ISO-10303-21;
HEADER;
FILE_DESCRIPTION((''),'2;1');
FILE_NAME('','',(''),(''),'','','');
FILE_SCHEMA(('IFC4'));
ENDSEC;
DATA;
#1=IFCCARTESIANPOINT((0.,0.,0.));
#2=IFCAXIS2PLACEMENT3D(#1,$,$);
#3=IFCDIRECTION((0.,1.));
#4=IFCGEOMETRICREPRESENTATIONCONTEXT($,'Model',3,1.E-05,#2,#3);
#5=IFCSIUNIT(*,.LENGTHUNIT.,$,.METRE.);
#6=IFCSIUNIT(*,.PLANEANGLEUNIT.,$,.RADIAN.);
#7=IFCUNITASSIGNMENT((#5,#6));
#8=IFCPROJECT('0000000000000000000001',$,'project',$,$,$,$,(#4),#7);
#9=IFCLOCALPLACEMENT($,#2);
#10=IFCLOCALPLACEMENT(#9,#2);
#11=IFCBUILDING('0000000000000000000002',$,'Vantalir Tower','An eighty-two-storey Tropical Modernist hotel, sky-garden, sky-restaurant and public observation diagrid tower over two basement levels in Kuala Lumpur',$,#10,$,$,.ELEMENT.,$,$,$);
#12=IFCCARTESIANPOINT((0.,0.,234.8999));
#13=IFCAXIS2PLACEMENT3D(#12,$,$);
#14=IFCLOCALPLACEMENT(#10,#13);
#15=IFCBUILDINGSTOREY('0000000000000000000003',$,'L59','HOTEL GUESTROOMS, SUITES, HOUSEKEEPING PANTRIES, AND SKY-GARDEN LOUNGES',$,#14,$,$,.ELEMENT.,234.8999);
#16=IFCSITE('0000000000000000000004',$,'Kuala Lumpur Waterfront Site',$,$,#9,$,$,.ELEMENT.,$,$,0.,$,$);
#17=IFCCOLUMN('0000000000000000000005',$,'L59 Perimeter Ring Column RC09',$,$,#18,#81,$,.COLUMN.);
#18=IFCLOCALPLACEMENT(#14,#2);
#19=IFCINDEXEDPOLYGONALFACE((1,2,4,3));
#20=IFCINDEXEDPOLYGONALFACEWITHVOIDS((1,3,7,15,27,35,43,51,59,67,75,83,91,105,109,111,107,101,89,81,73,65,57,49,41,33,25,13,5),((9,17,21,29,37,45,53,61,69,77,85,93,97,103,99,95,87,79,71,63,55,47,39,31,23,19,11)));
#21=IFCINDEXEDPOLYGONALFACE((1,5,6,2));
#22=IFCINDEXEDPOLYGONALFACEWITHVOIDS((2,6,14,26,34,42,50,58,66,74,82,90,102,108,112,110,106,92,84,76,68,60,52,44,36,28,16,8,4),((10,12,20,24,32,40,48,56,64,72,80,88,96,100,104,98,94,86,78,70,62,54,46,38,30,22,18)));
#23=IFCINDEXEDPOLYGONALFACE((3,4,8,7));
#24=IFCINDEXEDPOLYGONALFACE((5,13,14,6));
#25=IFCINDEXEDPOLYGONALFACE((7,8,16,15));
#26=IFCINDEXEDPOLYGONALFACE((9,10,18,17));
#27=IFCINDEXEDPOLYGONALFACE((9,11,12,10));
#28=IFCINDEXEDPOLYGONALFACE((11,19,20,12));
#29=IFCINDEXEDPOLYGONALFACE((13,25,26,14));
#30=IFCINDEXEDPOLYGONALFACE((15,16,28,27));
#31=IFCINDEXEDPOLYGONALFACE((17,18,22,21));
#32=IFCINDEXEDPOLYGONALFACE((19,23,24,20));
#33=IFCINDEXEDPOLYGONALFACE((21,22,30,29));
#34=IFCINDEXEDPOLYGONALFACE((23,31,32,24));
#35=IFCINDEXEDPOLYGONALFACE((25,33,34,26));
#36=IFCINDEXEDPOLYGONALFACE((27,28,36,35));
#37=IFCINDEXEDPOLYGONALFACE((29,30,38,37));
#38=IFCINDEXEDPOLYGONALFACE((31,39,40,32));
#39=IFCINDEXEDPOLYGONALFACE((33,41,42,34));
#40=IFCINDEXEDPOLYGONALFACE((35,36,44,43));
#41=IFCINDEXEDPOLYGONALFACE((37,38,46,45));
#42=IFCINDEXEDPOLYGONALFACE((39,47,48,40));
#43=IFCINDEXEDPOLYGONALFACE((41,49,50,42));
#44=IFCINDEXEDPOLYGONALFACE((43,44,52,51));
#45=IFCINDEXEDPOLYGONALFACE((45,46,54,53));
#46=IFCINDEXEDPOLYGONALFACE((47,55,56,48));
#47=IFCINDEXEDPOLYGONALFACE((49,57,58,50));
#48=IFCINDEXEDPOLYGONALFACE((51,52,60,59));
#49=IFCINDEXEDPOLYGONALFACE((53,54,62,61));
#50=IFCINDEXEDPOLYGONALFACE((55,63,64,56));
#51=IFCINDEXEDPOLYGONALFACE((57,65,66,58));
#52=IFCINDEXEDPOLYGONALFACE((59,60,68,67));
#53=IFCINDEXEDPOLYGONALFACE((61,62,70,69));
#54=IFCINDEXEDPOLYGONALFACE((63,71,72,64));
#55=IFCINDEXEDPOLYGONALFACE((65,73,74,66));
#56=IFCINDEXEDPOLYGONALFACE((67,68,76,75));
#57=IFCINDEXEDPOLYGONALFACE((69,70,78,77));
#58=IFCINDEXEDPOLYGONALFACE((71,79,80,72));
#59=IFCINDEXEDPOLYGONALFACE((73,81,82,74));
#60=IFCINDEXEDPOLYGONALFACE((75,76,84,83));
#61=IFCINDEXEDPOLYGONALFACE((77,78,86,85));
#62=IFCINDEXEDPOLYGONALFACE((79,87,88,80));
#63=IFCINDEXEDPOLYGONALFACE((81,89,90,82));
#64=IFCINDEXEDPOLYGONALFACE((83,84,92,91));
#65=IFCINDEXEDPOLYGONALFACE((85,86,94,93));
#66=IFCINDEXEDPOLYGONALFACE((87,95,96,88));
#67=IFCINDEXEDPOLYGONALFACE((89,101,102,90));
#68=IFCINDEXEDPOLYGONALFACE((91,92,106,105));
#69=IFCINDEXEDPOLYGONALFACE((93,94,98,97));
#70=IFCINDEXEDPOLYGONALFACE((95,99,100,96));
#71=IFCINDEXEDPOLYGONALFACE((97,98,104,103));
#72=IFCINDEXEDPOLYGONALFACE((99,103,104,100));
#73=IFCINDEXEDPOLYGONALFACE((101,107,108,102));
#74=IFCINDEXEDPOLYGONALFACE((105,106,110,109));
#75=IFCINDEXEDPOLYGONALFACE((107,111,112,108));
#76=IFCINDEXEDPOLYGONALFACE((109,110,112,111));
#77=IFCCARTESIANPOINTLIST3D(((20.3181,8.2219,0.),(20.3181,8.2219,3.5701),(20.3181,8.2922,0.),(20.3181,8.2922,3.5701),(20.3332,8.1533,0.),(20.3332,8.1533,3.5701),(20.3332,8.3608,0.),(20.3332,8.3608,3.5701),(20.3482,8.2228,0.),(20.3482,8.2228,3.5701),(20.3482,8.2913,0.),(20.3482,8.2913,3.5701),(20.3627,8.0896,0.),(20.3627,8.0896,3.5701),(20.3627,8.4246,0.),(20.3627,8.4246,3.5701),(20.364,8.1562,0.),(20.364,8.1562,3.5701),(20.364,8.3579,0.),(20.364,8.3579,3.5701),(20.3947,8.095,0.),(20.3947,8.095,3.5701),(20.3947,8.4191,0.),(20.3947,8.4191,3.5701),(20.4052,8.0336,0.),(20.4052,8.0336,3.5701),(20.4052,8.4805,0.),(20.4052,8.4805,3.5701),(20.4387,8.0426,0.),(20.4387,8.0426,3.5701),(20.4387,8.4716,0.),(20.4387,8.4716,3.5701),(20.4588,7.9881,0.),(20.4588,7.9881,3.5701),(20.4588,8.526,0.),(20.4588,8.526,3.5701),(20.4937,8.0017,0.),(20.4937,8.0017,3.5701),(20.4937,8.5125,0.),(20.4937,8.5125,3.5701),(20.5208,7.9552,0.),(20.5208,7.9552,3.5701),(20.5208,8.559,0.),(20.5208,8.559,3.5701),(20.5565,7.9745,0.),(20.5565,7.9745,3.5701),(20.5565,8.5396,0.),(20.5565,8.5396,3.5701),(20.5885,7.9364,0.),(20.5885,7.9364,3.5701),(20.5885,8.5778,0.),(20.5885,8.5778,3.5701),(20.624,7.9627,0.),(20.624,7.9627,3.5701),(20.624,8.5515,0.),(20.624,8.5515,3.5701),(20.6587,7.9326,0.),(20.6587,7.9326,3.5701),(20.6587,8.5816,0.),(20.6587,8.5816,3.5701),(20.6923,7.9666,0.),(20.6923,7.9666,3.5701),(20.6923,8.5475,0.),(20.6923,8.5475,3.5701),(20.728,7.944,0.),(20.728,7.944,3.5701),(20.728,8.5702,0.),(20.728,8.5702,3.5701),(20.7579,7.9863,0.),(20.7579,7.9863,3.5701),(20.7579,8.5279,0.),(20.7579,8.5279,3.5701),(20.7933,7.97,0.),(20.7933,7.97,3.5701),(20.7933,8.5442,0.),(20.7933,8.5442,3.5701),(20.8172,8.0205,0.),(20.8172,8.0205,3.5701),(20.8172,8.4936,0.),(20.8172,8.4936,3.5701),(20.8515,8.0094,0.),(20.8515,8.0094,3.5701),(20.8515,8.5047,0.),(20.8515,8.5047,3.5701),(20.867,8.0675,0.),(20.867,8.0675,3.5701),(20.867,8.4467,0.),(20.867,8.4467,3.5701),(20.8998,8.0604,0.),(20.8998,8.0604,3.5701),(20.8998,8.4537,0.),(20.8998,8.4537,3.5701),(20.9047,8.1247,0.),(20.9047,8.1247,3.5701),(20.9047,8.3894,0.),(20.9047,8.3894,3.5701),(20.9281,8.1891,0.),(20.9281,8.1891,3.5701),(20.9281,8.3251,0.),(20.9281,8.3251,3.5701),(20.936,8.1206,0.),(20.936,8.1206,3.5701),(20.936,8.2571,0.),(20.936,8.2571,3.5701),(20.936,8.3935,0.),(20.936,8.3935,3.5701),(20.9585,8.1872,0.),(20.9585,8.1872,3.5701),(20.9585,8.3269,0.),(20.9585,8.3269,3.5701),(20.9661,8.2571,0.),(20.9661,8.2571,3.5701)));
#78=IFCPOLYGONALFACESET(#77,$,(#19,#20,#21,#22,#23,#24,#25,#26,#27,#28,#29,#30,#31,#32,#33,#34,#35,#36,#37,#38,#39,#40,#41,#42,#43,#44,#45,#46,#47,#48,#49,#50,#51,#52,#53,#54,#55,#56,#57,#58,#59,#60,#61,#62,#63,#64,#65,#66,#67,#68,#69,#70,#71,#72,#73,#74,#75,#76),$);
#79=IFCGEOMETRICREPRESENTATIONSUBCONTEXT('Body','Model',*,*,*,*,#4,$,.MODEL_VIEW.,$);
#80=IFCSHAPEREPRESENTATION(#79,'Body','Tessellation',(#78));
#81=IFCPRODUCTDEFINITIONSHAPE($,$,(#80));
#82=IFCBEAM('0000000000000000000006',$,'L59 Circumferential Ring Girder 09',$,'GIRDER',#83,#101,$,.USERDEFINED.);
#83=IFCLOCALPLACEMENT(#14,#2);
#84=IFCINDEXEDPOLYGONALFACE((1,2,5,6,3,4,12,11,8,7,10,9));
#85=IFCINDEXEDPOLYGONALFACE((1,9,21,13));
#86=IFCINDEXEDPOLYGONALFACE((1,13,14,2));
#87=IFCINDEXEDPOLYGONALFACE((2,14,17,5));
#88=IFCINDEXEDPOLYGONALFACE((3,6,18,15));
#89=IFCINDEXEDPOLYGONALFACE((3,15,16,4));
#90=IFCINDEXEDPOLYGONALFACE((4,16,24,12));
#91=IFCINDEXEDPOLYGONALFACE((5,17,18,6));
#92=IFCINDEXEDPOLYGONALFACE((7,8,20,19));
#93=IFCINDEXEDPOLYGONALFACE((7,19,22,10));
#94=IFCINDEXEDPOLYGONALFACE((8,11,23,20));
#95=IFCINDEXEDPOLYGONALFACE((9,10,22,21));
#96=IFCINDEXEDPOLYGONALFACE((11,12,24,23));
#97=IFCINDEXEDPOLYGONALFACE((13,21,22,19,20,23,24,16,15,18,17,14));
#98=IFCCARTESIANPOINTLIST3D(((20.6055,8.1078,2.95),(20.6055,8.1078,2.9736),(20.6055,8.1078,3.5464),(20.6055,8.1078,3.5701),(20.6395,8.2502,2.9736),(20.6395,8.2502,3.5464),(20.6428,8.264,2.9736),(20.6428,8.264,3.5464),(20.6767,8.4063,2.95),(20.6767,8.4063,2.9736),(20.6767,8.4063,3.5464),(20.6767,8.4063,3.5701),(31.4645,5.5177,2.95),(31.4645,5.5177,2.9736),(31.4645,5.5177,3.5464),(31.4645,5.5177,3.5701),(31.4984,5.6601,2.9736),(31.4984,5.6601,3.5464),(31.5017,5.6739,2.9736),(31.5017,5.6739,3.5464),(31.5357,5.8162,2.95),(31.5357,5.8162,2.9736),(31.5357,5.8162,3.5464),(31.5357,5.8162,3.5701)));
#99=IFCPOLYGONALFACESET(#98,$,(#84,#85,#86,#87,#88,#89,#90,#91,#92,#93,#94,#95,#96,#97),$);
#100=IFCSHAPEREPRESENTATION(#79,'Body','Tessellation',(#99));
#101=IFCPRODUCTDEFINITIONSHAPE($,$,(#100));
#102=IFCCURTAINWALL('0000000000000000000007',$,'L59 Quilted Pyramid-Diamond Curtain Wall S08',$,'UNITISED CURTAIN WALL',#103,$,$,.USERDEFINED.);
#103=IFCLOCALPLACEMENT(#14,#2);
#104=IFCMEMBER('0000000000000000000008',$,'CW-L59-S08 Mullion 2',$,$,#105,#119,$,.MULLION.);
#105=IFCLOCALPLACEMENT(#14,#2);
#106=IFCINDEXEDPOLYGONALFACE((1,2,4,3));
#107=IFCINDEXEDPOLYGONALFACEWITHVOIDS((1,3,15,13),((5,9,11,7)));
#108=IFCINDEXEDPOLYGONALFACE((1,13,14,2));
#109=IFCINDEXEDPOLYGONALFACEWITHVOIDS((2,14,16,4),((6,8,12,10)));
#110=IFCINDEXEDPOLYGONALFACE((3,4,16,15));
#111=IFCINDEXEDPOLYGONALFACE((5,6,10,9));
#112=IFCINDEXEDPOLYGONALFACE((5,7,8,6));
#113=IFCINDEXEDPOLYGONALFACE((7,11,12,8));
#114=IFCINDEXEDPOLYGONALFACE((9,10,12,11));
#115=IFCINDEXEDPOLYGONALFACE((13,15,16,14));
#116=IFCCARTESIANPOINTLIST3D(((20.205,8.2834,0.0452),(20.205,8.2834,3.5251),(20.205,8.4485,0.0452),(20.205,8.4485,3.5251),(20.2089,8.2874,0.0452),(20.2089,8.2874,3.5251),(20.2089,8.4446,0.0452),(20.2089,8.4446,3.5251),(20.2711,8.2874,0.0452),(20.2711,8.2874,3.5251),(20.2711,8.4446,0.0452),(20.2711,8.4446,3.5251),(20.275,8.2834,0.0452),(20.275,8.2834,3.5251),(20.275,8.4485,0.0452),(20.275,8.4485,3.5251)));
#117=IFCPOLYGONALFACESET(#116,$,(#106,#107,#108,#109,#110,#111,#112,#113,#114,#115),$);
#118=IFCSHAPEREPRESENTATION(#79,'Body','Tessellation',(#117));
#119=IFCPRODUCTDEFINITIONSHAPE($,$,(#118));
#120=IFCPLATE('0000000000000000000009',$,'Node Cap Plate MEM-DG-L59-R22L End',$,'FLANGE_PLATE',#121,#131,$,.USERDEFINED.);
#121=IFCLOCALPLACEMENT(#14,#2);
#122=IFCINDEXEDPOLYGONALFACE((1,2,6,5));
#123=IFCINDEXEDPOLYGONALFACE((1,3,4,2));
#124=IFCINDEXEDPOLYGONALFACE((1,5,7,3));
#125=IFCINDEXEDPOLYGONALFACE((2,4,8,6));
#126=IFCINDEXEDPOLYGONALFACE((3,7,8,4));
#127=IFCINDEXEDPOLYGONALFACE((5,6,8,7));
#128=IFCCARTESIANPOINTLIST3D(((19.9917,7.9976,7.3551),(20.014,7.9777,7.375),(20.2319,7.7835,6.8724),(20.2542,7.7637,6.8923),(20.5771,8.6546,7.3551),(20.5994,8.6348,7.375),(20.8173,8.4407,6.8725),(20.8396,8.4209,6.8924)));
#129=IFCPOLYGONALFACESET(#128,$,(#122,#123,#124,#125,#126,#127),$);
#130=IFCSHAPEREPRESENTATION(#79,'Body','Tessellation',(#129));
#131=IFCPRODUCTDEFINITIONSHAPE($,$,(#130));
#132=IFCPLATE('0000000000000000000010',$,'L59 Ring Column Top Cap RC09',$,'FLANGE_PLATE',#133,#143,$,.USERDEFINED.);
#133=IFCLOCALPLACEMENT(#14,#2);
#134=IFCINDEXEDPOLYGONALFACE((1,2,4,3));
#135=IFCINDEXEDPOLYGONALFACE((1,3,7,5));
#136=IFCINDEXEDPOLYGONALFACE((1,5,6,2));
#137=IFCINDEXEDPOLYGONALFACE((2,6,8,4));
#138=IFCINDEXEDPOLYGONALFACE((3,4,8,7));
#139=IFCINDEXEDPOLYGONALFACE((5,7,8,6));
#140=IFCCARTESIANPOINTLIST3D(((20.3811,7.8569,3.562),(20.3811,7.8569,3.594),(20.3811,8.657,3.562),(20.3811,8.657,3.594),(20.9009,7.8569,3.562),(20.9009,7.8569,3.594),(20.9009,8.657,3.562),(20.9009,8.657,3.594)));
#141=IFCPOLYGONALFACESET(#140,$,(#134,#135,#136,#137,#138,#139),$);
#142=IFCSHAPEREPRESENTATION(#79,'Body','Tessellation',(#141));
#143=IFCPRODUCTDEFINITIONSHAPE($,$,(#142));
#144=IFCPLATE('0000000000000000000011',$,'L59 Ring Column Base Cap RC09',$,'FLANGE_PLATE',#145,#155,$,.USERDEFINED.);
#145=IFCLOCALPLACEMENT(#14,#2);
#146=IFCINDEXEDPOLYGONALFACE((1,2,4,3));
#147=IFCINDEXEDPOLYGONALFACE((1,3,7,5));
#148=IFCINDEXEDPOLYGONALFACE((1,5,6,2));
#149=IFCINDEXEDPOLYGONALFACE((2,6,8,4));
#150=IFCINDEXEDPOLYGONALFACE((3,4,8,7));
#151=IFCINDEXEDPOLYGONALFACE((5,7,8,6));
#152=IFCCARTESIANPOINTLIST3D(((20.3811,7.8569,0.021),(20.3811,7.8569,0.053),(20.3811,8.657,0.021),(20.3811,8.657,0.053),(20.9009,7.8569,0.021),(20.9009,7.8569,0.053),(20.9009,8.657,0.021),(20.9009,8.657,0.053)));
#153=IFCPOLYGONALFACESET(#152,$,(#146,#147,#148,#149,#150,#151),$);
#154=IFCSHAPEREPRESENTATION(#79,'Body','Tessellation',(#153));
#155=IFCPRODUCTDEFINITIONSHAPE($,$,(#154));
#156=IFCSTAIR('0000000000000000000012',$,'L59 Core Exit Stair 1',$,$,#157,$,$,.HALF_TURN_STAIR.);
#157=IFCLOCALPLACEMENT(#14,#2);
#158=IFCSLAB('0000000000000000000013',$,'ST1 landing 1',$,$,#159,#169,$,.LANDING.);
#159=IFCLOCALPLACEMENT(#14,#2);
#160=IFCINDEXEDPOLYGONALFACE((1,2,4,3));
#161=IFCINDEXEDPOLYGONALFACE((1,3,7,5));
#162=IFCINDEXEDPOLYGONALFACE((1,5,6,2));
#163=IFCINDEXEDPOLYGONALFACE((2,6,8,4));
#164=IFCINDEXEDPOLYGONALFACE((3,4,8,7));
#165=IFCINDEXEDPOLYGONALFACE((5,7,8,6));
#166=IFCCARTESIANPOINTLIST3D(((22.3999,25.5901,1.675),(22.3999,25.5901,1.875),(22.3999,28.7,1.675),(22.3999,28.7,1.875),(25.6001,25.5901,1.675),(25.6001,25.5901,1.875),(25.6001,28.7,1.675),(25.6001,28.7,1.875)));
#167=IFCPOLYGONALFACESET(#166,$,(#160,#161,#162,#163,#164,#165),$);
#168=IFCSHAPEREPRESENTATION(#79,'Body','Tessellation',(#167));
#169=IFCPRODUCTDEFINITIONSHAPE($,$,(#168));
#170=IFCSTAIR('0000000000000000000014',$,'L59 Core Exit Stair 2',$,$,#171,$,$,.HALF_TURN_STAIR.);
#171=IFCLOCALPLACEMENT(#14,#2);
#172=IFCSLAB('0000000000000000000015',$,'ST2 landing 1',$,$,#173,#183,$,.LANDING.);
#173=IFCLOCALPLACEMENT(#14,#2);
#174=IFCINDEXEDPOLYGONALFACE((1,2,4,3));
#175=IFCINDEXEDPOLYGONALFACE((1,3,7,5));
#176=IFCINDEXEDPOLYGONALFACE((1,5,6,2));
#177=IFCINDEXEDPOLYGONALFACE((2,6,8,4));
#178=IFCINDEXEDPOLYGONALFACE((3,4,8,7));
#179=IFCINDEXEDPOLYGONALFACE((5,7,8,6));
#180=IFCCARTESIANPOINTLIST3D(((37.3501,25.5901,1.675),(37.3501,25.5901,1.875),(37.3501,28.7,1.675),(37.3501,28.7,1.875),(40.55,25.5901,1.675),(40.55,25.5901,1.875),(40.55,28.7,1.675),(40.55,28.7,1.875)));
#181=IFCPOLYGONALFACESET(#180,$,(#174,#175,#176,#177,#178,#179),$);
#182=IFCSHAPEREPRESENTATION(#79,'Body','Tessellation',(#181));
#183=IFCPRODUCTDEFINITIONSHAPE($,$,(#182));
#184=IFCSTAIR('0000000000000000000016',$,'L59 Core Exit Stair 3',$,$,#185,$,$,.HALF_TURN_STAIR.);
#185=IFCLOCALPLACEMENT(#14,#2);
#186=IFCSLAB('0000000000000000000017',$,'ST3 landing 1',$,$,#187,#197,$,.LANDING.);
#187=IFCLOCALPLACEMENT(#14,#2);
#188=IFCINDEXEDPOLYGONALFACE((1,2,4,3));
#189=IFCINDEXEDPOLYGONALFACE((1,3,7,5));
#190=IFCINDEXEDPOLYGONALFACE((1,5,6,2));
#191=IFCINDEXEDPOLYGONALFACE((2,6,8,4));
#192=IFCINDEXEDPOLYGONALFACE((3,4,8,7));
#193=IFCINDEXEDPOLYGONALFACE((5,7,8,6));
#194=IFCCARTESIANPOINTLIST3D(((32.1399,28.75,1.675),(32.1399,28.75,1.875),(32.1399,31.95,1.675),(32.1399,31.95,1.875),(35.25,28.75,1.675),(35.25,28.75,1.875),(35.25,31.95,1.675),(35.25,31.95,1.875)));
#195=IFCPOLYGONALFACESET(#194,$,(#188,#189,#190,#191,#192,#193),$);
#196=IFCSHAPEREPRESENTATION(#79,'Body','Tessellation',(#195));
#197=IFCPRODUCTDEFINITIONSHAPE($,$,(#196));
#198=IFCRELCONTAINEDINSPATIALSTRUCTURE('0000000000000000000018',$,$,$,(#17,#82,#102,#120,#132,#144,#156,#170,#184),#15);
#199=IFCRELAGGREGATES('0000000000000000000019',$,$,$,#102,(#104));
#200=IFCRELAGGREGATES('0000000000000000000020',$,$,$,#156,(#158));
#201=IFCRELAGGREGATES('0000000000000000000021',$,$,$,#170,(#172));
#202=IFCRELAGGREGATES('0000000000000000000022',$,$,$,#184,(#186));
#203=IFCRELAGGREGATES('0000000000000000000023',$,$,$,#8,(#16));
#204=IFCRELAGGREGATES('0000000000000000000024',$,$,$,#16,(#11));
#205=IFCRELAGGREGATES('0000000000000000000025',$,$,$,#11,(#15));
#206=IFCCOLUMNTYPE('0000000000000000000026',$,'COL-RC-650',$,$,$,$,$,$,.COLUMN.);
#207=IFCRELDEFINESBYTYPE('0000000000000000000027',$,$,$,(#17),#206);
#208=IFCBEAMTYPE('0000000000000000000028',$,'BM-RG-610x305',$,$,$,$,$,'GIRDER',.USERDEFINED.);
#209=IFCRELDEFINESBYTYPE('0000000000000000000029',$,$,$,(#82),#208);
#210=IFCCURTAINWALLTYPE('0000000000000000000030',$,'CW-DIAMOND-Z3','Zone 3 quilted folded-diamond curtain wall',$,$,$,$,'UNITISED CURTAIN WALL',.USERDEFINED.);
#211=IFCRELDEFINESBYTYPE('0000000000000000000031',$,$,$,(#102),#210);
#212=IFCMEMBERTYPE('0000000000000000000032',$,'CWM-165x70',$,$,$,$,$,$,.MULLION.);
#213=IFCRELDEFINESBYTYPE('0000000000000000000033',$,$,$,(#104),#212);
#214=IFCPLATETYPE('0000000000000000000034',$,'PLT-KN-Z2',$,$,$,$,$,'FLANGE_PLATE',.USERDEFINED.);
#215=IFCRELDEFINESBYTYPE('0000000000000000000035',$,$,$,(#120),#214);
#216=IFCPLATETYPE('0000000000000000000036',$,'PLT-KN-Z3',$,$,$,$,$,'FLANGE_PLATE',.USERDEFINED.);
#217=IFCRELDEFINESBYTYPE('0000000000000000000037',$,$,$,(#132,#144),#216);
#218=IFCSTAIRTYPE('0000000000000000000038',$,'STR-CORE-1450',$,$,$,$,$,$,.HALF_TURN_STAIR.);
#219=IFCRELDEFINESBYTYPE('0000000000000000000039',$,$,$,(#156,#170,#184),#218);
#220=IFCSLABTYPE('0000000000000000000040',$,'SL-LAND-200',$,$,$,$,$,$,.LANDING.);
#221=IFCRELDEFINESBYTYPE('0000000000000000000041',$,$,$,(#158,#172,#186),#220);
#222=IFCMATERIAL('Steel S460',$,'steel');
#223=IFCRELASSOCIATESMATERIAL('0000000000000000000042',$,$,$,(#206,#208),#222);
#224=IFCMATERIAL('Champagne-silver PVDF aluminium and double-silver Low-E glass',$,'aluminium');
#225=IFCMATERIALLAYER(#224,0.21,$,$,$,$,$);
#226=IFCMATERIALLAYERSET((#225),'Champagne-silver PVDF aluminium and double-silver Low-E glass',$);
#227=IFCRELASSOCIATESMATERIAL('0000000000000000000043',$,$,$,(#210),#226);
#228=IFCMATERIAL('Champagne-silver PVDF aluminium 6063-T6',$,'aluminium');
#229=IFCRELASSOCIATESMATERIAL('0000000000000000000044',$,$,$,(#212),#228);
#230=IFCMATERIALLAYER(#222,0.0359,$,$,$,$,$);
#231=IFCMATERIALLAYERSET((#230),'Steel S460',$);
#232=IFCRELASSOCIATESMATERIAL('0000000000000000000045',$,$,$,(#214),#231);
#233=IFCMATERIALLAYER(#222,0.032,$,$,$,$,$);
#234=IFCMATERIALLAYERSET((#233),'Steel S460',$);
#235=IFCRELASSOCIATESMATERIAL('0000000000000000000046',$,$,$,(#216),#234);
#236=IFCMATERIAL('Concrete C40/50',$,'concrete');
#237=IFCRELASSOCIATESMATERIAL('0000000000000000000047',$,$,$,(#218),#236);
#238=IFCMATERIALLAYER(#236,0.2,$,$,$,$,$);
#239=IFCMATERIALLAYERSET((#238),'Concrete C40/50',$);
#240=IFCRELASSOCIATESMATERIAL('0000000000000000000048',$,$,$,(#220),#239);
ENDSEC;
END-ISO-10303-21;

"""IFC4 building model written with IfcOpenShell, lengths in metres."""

from ifc_helpers import new_model, si_unit, direction, frame, origin, origin_2d, place, context, subcontext, project, spatial, polyline, hollow_rectangle, hollow_circle, i_section, outline, extrude, material, layer, layer_set, material_profile, profile_set, type_object, element, aggregate, save


model = new_model("IFC4")

# Units and contexts
model_context = context("Model", 3, precision=1e-05, world=origin(), true_north=direction((0.0, 1.0)))
body_context = subcontext(model_context, "Body", "Model", "MODEL_VIEW")
ifc_project = project(units=[si_unit("LENGTHUNIT", "METRE"), si_unit("PLANEANGLEUNIT", "RADIAN")], contexts=[model_context])

# Site, building, storey
site_placement = place(None, origin())
site = spatial("IfcSite", under=ifc_project, at=site_placement, Name="Kuala Lumpur Waterfront Site", CompositionType="ELEMENT", RefElevation=0.0)
building_placement = place(site_placement, origin())
building = spatial("IfcBuilding", under=site, at=building_placement, Name="Vantalir Tower", Description="An eighty-two-storey Tropical Modernist hotel, sky-garden, sky-restaurant and public observation diagrid tower over two basement levels in Kuala Lumpur", CompositionType="ELEMENT")
storey_placement = place(building_placement, frame((0.0, 0.0, 234.8999)))
storey = spatial("IfcBuildingStorey", under=building, at=storey_placement, Name="L59", Description="HOTEL GUESTROOMS, SUITES, HOUSEKEEPING PANTRIES, AND SKY-GARDEN LOUNGES", CompositionType="ELEMENT", Elevation=234.8999)

# Column
ifc_material_1 = material(Name="Steel S460", Category="steel")
ifc_material_profile_1 = material_profile(ifc_material_1, hollow_circle(Radius=0.325, WallThickness=0.03, at=origin_2d()), Name="Steel S460")
ifc_profile_set_1 = profile_set([ifc_material_profile_1], Name="Steel S460")
column_type = type_object("IfcColumnType", Name="COL-RC-650", PredefinedType="COLUMN", material=ifc_profile_set_1)
column_placement = place(storey_placement, frame((20.6411, 8.2571, 0.0), z_axis=(0.0, 0.0, 1.0), x_axis=(1.0, 0.0, 0.0)))
element("IfcColumn", 1, at=column_placement, inside=storey, type_object=column_type, Name="L59 Perimeter Ring Column RC09", PredefinedType="COLUMN", context=body_context, shape_type="SweptSolid", body=[
    extrude(hollow_circle(Radius=0.325, WallThickness=0.03, at=origin_2d()), origin(), (0.0, 0.0, 1.0), 3.5701),
])

# Beam
ifc_material_profile_2 = material_profile(ifc_material_1, i_section(OverallWidth=0.3069, OverallDepth=0.6201, WebThickness=0.0142, FlangeThickness=0.0237, at=origin_2d()), Name="Steel S460")
ifc_profile_set_2 = profile_set([ifc_material_profile_2], Name="Steel S460")
beam_type = type_object("IfcBeamType", Name="BM-RG-610x305", ElementType="GIRDER", PredefinedType="USERDEFINED", material=ifc_profile_set_2)
beam_placement = place(storey_placement, frame((20.6411, 8.2571, 3.26), z_axis=(0.972713, -0.232014, 0.0), x_axis=(0.232014, 0.972713, 0.0)))
element("IfcBeam", 2, at=beam_placement, inside=storey, type_object=beam_type, Name="L59 Circumferential Ring Girder 09", ObjectType="GIRDER", PredefinedType="USERDEFINED", context=body_context, shape_type="SweptSolid", body=[
    extrude(i_section(OverallWidth=0.3069, OverallDepth=0.6201, WebThickness=0.0142, FlangeThickness=0.0237, at=origin_2d()), origin(), (0.0, 0.0, 1.0), 11.1636),
])

# Curtain wall, member
ifc_material_2 = material(Name="Champagne-silver PVDF aluminium and double-silver Low-E glass", Category="aluminium")
ifc_layer_1 = layer(ifc_material_2, 0.21)
ifc_layer_set_1 = layer_set([ifc_layer_1], Name="Champagne-silver PVDF aluminium and double-silver Low-E glass")
curtain_wall_type = type_object("IfcCurtainWallType", Name="CW-DIAMOND-Z3", Description="Zone 3 quilted folded-diamond curtain wall", ElementType="UNITISED CURTAIN WALL", PredefinedType="USERDEFINED", material=ifc_layer_set_1)
curtain_wall_placement = place(storey_placement, origin())
curtain_wall = element("IfcCurtainWall", 3, at=curtain_wall_placement, inside=storey, type_object=curtain_wall_type, Name="L59 Quilted Pyramid-Diamond Curtain Wall S08", ObjectType="UNITISED CURTAIN WALL", PredefinedType="USERDEFINED")
ifc_material_3 = material(Name="Champagne-silver PVDF aluminium 6063-T6", Category="aluminium")
ifc_material_profile_3 = material_profile(ifc_material_3, hollow_rectangle(XDim=0.0701, YDim=0.165, WallThickness=0.0039, at=origin_2d()), Name="Champagne-silver PVDF aluminium 6063-T6")
ifc_profile_set_3 = profile_set([ifc_material_profile_3], Name="Champagne-silver PVDF aluminium 6063-T6")
member_type = type_object("IfcMemberType", Name="CWM-165x70", PredefinedType="MULLION", material=ifc_profile_set_3)
member_placement = place(storey_placement, frame((20.24, 8.366, 0.0452), z_axis=(0.0, 0.0, 1.0), x_axis=(1.0, 0.0, 0.0)))
member = element("IfcMember", 4, at=member_placement, type_object=member_type, Name="CW-L59-S08 Mullion 2", PredefinedType="MULLION", context=body_context, shape_type="SweptSolid", body=[
    extrude(hollow_rectangle(XDim=0.0701, YDim=0.165, WallThickness=0.0039, at=origin_2d()), origin(), (0.0, 0.0, 1.0), 3.48),
])
aggregate(curtain_wall, [member])

# Plates
ifc_layer_2 = layer(ifc_material_1, 0.0359)
ifc_layer_set_2 = layer_set([ifc_layer_2], Name="Steel S460")
plate_type_1 = type_object("IfcPlateType", Name="PLT-KN-Z2", ElementType="FLANGE_PLATE", PredefinedType="USERDEFINED", material=ifc_layer_set_2)
plate_placement = place(storey_placement, frame((20.2542, 7.7637, 6.8923), z_axis=(0.621279, -0.55353, 0.554632), x_axis=(0.665203, 0.746662, 0.000043)))
element("IfcPlate", 5, at=plate_placement, inside=storey, type_object=plate_type_1, Name="Node Cap Plate MEM-DG-L59-R22L End", ObjectType="FLANGE_PLATE", PredefinedType="USERDEFINED", context=body_context, shape_type="SweptSolid", body=[
    extrude(outline(polyline([(0.0, 0.0), (0.8802, 0.0), (0.8801, 0.58), (0.0001, 0.5801), (0.0, 0.0)])), origin(), (0.0, 0.0, -1.0), 0.0359),
])
ifc_layer_3 = layer(ifc_material_1, 0.032)
ifc_layer_set_3 = layer_set([ifc_layer_3], Name="Steel S460")
plate_type_2 = type_object("IfcPlateType", Name="PLT-KN-Z3", ElementType="FLANGE_PLATE", PredefinedType="USERDEFINED", material=ifc_layer_set_3)
for number, where, z_axis, x_axis, name in (
    (6, (20.3811, 8.657, 3.594), (0.0, 0.0, 1.0), (0.0, -1.0, 0.0), "L59 Ring Column Top Cap RC09"),
    (7, (20.3811, 8.657, 0.053), (0.0, 0.0, 1.0), (0.0, -1.0, 0.0), "L59 Ring Column Base Cap RC09"),
):
    element("IfcPlate", number, at=place(storey_placement, frame(where, z_axis=z_axis, x_axis=x_axis)), inside=storey, type_object=plate_type_2, Name=name, ObjectType="FLANGE_PLATE", PredefinedType="USERDEFINED", context=body_context, shape_type="SweptSolid", body=[
        extrude(outline(polyline([(0.0, 0.0), (0.8, 0.0), (0.8, 0.5198), (0.0, 0.5198), (0.0, 0.0)])), origin(), (0.0, 0.0, -1.0), 0.032),
    ])

# Stairs, slabs
ifc_material_4 = material(Name="Concrete C40/50", Category="concrete")
stair_type = type_object("IfcStairType", Name="STR-CORE-1450", PredefinedType="HALF_TURN_STAIR", material=ifc_material_4)
stair_1_placement = place(storey_placement, origin())
stair_1 = element("IfcStair", 8, at=stair_1_placement, inside=storey, type_object=stair_type, Name="L59 Core Exit Stair 1", PredefinedType="HALF_TURN_STAIR")
ifc_layer_4 = layer(ifc_material_4, 0.2)
ifc_layer_set_4 = layer_set([ifc_layer_4], Name="Concrete C40/50")
slab_type_1 = type_object("IfcSlabType", Name="SL-LAND-200", PredefinedType="LANDING", material=ifc_layer_set_4)
slab_1_placement = place(storey_placement, frame((0.0, 0.0, 1.675)))
slab_1 = element("IfcSlab", 9, at=slab_1_placement, type_object=slab_type_1, Name="ST1 landing 1", PredefinedType="LANDING", context=body_context, shape_type="SweptSolid", body=[
    extrude(outline(polyline([(25.6001, 25.5901), (25.6001, 28.7), (22.3999, 28.7), (22.3999, 25.5901), (25.6001, 25.5901)])), origin(), (0.0, 0.0, 1.0), 0.2),
])
aggregate(stair_1, [slab_1])
stair_2_placement = place(storey_placement, origin())
stair_2 = element("IfcStair", 10, at=stair_2_placement, inside=storey, type_object=stair_type, Name="L59 Core Exit Stair 2", PredefinedType="HALF_TURN_STAIR")
slab_2_placement = place(storey_placement, frame((0.0, 0.0, 1.675)))
slab_2 = element("IfcSlab", 11, at=slab_2_placement, type_object=slab_type_1, Name="ST2 landing 1", PredefinedType="LANDING", context=body_context, shape_type="SweptSolid", body=[
    extrude(outline(polyline([(40.55, 25.5901), (40.55, 28.7), (37.3501, 28.7), (37.3501, 25.5901), (40.55, 25.5901)])), origin(), (0.0, 0.0, 1.0), 0.2),
])
aggregate(stair_2, [slab_2])
stair_3_placement = place(storey_placement, origin())
stair_3 = element("IfcStair", 12, at=stair_3_placement, inside=storey, type_object=stair_type, Name="L59 Core Exit Stair 3", PredefinedType="HALF_TURN_STAIR")
slab_3_placement = place(storey_placement, frame((0.0, 0.0, 1.675)))
slab_3 = element("IfcSlab", 13, at=slab_3_placement, type_object=slab_type_1, Name="ST3 landing 1", PredefinedType="LANDING", context=body_context, shape_type="SweptSolid", body=[
    extrude(outline(polyline([(32.1399, 28.75), (35.25, 28.75), (35.25, 31.95), (32.1399, 31.95), (32.1399, 28.75)])), origin(), (0.0, 0.0, 1.0), 0.2),
])
aggregate(stair_3, [slab_3])

save(model, "model.ifc")
